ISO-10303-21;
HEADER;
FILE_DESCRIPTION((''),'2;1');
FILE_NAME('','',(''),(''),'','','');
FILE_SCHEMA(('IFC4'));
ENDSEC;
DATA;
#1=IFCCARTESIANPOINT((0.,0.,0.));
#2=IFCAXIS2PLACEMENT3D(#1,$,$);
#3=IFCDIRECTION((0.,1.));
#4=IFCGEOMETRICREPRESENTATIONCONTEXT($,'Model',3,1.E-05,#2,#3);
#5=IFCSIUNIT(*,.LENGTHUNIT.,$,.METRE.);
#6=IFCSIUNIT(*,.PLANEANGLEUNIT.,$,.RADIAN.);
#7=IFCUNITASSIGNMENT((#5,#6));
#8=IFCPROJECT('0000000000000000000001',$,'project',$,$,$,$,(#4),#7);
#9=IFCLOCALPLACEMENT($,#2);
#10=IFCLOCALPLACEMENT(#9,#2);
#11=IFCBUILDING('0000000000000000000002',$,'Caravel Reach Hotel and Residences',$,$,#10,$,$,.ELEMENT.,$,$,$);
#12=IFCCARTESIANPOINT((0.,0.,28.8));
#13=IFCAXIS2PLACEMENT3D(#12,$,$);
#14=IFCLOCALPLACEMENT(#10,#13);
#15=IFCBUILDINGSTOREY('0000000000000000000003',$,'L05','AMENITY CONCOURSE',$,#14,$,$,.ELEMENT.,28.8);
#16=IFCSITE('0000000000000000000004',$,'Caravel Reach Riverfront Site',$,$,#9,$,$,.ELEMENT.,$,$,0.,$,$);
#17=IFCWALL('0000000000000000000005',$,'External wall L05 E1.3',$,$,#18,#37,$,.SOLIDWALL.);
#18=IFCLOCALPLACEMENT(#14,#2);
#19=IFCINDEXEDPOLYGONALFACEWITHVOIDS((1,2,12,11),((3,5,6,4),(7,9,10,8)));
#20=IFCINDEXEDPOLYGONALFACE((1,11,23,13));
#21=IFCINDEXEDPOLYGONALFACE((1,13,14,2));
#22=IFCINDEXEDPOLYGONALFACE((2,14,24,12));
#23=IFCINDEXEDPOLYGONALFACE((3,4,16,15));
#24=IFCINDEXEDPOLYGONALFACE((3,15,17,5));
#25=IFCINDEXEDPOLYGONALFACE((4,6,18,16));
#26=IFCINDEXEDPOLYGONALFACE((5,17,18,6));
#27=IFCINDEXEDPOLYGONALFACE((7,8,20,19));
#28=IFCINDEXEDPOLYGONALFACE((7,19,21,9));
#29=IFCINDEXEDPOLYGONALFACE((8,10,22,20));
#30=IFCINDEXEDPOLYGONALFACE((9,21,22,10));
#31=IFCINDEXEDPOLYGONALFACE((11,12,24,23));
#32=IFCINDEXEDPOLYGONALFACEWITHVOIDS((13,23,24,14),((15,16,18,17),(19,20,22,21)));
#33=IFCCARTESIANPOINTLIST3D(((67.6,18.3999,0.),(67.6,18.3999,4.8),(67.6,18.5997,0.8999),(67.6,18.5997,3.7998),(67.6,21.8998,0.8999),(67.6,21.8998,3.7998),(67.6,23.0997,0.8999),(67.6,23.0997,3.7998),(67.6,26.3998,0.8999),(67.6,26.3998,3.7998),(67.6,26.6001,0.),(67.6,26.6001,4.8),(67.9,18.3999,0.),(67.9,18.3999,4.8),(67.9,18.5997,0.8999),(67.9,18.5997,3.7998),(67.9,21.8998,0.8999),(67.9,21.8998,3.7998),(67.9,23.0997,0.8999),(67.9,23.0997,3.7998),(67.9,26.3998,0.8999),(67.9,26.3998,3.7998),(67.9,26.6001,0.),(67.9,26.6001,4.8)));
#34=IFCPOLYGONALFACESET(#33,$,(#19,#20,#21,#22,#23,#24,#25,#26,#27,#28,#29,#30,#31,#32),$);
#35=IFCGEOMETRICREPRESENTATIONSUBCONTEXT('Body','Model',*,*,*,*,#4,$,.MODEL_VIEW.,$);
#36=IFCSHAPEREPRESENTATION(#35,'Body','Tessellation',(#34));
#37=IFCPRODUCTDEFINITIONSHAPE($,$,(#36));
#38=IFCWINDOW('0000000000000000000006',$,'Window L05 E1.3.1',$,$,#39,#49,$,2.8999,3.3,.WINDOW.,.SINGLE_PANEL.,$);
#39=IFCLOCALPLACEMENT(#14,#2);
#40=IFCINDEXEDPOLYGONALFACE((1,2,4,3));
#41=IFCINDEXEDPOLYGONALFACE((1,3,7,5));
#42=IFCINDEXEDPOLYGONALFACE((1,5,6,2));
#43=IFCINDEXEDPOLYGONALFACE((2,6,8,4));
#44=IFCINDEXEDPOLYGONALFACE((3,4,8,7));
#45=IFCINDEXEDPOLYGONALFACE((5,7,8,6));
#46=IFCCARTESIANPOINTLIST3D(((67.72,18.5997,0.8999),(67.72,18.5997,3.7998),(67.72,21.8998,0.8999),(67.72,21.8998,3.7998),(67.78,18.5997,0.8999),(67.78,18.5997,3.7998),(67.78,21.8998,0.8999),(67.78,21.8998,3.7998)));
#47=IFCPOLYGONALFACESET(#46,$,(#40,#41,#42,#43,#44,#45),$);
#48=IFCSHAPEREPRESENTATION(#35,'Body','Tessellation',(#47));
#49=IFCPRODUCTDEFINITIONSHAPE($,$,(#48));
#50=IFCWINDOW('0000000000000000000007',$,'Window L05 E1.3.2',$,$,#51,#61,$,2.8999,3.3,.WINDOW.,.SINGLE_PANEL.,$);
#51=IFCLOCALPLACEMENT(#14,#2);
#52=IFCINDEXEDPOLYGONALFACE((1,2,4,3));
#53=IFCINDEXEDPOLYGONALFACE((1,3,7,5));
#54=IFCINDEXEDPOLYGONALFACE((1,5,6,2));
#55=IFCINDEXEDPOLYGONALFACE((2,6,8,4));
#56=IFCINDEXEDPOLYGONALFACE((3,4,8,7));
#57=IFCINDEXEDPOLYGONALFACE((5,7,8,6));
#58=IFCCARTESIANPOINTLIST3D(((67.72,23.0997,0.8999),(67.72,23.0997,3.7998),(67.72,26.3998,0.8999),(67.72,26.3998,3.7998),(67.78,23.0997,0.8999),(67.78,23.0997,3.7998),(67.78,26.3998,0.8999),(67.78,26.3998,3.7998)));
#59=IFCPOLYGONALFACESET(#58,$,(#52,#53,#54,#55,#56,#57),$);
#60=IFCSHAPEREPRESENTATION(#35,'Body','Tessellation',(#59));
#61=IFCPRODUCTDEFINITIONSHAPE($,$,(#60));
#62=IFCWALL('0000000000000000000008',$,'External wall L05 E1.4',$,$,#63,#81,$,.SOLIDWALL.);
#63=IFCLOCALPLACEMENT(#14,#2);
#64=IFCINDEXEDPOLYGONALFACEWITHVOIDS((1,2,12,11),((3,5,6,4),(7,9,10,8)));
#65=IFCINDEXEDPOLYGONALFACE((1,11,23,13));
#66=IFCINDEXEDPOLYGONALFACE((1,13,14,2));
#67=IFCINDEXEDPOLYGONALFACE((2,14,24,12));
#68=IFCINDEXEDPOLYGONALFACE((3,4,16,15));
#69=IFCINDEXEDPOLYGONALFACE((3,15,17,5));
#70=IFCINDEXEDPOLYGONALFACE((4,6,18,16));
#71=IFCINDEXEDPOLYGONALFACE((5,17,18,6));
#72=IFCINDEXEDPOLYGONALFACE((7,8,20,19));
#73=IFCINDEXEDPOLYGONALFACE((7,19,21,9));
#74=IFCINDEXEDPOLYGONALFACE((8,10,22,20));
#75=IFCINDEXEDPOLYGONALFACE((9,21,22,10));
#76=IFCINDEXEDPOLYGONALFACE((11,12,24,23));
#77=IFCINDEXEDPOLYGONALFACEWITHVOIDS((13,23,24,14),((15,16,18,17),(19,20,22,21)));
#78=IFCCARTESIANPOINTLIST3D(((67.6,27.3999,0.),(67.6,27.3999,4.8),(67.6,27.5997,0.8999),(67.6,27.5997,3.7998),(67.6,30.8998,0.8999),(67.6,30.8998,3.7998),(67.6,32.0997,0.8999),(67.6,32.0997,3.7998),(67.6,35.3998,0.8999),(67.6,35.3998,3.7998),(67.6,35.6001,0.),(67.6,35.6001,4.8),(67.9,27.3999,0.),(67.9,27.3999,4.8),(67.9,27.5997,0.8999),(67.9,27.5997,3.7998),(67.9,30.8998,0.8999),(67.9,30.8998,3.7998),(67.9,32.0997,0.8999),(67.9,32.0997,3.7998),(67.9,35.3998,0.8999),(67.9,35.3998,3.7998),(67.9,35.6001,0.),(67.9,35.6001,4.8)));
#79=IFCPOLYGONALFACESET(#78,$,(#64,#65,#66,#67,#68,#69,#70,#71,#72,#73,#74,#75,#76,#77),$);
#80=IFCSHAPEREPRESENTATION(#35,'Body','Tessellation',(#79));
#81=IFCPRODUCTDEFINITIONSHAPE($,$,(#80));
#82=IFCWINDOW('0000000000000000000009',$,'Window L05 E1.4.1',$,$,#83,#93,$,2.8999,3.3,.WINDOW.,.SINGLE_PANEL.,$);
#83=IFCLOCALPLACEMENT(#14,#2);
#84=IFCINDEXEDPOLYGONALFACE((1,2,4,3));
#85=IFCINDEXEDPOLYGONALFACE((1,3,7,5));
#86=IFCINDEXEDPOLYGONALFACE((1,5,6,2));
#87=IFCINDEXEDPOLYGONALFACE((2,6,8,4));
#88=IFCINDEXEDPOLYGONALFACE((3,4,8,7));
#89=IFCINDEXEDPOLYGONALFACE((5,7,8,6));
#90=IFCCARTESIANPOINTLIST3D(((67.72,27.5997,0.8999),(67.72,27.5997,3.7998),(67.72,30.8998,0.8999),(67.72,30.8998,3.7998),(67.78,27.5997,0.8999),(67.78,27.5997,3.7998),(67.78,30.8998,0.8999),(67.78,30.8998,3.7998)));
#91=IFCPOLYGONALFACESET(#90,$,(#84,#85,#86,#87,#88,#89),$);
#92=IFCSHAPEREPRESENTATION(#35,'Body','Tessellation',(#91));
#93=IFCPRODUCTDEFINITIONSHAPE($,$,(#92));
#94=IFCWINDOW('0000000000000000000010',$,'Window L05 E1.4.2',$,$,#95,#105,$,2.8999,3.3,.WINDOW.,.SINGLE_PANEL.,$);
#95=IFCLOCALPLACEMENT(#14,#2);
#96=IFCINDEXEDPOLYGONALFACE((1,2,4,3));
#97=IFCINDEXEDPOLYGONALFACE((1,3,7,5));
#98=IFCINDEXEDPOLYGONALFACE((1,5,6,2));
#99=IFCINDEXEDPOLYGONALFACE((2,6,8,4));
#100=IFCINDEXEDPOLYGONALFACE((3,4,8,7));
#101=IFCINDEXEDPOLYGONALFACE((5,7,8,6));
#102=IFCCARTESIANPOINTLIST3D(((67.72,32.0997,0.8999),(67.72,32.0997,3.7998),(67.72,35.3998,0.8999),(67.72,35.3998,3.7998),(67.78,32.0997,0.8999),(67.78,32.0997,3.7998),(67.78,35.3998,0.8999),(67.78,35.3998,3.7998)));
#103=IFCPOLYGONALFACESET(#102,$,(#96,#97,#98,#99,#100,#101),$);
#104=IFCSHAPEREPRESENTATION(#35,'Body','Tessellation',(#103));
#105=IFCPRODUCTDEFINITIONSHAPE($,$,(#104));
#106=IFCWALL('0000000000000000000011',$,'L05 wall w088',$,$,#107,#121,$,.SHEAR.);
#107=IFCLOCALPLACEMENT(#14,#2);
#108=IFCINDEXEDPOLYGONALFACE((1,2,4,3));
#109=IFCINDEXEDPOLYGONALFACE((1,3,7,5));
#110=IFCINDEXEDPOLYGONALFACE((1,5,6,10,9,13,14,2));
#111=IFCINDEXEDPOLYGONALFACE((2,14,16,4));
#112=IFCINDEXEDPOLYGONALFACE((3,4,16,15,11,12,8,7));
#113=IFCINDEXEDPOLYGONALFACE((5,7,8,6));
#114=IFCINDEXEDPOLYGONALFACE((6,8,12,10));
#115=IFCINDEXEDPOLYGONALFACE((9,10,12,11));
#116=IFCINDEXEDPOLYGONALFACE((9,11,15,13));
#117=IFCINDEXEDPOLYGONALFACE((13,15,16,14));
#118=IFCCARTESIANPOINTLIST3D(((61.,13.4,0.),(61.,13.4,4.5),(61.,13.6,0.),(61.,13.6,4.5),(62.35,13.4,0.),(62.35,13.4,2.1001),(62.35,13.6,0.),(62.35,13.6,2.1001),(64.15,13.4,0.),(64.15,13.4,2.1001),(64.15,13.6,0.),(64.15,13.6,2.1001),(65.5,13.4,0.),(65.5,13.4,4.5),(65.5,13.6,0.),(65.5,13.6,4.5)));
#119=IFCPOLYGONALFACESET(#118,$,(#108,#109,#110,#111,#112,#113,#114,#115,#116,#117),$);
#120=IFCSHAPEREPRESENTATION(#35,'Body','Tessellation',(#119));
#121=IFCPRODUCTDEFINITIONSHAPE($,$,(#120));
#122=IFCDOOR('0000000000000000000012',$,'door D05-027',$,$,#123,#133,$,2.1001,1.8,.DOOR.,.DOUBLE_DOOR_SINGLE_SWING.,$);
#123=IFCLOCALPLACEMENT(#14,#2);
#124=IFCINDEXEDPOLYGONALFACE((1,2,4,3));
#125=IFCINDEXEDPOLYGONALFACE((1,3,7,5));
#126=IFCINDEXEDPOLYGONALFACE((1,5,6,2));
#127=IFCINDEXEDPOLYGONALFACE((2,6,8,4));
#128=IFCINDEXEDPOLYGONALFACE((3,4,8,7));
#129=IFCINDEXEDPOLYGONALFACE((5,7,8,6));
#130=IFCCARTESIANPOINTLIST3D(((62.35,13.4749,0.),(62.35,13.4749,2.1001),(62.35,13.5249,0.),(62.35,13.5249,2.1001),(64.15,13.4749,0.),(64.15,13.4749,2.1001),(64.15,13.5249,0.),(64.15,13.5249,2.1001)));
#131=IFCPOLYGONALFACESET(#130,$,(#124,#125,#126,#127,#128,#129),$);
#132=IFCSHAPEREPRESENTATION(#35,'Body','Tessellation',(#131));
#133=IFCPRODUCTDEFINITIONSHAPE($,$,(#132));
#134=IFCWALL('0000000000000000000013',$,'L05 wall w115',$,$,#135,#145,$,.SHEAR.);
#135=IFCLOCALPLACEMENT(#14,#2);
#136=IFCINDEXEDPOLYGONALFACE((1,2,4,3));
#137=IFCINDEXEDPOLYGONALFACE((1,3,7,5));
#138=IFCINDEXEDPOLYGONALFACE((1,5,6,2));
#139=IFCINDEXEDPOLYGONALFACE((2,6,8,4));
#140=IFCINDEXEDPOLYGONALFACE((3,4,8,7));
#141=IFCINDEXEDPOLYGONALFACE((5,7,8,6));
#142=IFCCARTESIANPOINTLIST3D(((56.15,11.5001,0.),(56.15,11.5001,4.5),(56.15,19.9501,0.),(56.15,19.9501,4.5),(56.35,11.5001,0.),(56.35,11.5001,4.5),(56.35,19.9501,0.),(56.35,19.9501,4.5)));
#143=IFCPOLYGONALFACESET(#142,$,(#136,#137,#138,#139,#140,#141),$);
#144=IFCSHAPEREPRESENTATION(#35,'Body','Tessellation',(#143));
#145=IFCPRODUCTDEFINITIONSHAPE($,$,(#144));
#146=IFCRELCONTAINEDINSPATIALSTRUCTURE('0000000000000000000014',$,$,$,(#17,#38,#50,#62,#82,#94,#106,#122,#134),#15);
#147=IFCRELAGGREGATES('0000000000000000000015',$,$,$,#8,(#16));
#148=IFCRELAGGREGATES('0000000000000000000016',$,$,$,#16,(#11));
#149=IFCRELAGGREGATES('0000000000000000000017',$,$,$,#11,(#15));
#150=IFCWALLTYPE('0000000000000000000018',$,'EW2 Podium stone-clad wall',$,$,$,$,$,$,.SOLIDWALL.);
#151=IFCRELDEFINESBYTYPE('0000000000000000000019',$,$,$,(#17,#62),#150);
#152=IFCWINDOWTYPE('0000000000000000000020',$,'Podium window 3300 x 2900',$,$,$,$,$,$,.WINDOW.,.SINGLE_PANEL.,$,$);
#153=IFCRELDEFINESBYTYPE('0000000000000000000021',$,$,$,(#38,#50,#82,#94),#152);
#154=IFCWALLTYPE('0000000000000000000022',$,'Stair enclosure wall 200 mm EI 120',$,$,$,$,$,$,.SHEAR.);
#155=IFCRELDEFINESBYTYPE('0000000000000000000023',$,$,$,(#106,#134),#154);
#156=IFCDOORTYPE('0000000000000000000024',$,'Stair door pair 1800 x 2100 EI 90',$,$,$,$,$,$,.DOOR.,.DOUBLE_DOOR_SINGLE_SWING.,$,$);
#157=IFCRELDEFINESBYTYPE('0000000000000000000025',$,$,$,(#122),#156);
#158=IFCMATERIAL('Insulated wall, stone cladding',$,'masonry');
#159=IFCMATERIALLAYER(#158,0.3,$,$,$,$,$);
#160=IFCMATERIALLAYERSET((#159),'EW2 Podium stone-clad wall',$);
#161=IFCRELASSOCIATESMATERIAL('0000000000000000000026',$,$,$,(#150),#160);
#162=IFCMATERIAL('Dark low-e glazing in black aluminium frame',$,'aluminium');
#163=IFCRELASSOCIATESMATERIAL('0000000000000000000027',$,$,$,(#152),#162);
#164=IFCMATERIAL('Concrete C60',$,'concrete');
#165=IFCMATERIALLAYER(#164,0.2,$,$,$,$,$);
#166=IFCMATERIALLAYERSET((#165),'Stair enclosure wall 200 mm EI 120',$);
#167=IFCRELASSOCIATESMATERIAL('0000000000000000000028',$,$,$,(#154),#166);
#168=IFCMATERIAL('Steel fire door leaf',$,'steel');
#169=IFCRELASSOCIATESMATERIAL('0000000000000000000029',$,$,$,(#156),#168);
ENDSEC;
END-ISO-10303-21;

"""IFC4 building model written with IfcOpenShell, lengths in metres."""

from ifc_helpers import new_model, si_unit, direction, frame, frame_2d, origin, place, context, subcontext, project, spatial, rectangle, extrude, material, layer, layer_set, type_object, element, fill, save


model = new_model("IFC4")

# Units and contexts
model_context = context("Model", 3, precision=1e-05, world=origin(), true_north=direction((0.0, 1.0)))
body_context = subcontext(model_context, "Body", "Model", "MODEL_VIEW")
ifc_project = project(units=[si_unit("LENGTHUNIT", "METRE"), si_unit("PLANEANGLEUNIT", "RADIAN")], contexts=[model_context])

# Site, building, storey
site_placement = place(None, origin())
site = spatial("IfcSite", under=ifc_project, at=site_placement, Name="Caravel Reach Riverfront Site", CompositionType="ELEMENT", RefElevation=0.0)
building_placement = place(site_placement, origin())
building = spatial("IfcBuilding", under=site, at=building_placement, Name="Caravel Reach Hotel and Residences", CompositionType="ELEMENT")
storey_placement = place(building_placement, frame((0.0, 0.0, 28.8)))
storey = spatial("IfcBuildingStorey", under=building, at=storey_placement, Name="L05", Description="AMENITY CONCOURSE", CompositionType="ELEMENT", Elevation=28.8)

# Walls, openings, windows
ifc_material_1 = material(Name="Insulated wall, stone cladding", Category="masonry")
ifc_layer_1 = layer(ifc_material_1, 0.3)
ifc_layer_set_1 = layer_set([ifc_layer_1], Name="EW2 Podium stone-clad wall")
wall_type_1 = type_object("IfcWallType", Name="EW2 Podium stone-clad wall", PredefinedType="SOLIDWALL", material=ifc_layer_set_1)
wall_1_placement = place(storey_placement, frame((67.75, 18.3999, 0.0), z_axis=(0.0, 0.0, 1.0), x_axis=(0.0, 1.0, 0.0)))
wall_1 = element("IfcWall", 1, at=wall_1_placement, inside=storey, type_object=wall_type_1, Name="External wall L05 E1.3", PredefinedType="SOLIDWALL", context=body_context, shape_type="SweptSolid", body=[
    extrude(rectangle(XDim=8.2002, YDim=0.3, at=frame_2d((4.1001, 0.0))), origin(), (0.0, 0.0, 1.0), 4.8),
])
opening_1_placement = place(wall_1_placement, frame((0.2, 0.0, 0.8999)))
opening_1 = element("IfcOpeningElement", 2, at=opening_1_placement, cuts=wall_1, PredefinedType="OPENING", context=body_context, shape_type="SweptSolid", body=[
    extrude(rectangle(XDim=3.3, YDim=2.8999, at=frame_2d((1.6499, 1.45))), frame((0.0, 0.1599, 0.0), z_axis=(0.0, -1.0, 0.0), x_axis=(1.0, 0.0, 0.0)), (0.0, 0.0, 1.0), 0.3201),
])
opening_2_placement = place(wall_1_placement, frame((4.7, 0.0, 0.8999)))
opening_2 = element("IfcOpeningElement", 3, at=opening_2_placement, cuts=wall_1, PredefinedType="OPENING", context=body_context, shape_type="SweptSolid", body=[
    extrude(rectangle(XDim=3.3, YDim=2.8999, at=frame_2d((1.6499, 1.45))), frame((0.0, 0.1599, 0.0), z_axis=(0.0, -1.0, 0.0), x_axis=(1.0, 0.0, 0.0)), (0.0, 0.0, 1.0), 0.3201),
])
ifc_material_2 = material(Name="Dark low-e glazing in black aluminium frame", Category="aluminium")
window_type = type_object("IfcWindowType", Name="Podium window 3300 x 2900", PartitioningType="SINGLE_PANEL", PredefinedType="WINDOW", material=ifc_material_2)
window_1_placement = place(opening_1_placement, origin())
window_1 = element("IfcWindow", 4, at=window_1_placement, inside=storey, type_object=window_type, Name="Window L05 E1.3.1", OverallHeight=2.8999, OverallWidth=3.3, PartitioningType="SINGLE_PANEL", PredefinedType="WINDOW", context=body_context, shape_type="SweptSolid", body=[
    extrude(rectangle(XDim=3.3, YDim=2.8999, at=frame_2d((1.6499, 1.45))), frame((0.0, 0.03, 0.0), z_axis=(0.0, -1.0, 0.0), x_axis=(1.0, 0.0, 0.0)), (0.0, 0.0, 1.0), 0.0601),
])
fill(opening_1, window_1)
window_2_placement = place(opening_2_placement, origin())
window_2 = element("IfcWindow", 5, at=window_2_placement, inside=storey, type_object=window_type, Name="Window L05 E1.3.2", OverallHeight=2.8999, OverallWidth=3.3, PartitioningType="SINGLE_PANEL", PredefinedType="WINDOW", context=body_context, shape_type="SweptSolid", body=[
    extrude(rectangle(XDim=3.3, YDim=2.8999, at=frame_2d((1.6499, 1.45))), frame((0.0, 0.03, 0.0), z_axis=(0.0, -1.0, 0.0), x_axis=(1.0, 0.0, 0.0)), (0.0, 0.0, 1.0), 0.0601),
])
fill(opening_2, window_2)
wall_2_placement = place(storey_placement, frame((67.75, 27.3999, 0.0), z_axis=(0.0, 0.0, 1.0), x_axis=(0.0, 1.0, 0.0)))
wall_2 = element("IfcWall", 6, at=wall_2_placement, inside=storey, type_object=wall_type_1, Name="External wall L05 E1.4", PredefinedType="SOLIDWALL", context=body_context, shape_type="SweptSolid", body=[
    extrude(rectangle(XDim=8.2002, YDim=0.3, at=frame_2d((4.1001, 0.0))), origin(), (0.0, 0.0, 1.0), 4.8),
])
opening_3_placement = place(wall_2_placement, frame((0.2, 0.0, 0.8999)))
opening_3 = element("IfcOpeningElement", 7, at=opening_3_placement, cuts=wall_2, PredefinedType="OPENING", context=body_context, shape_type="SweptSolid", body=[
    extrude(rectangle(XDim=3.3, YDim=2.8999, at=frame_2d((1.6499, 1.45))), frame((0.0, 0.1599, 0.0), z_axis=(0.0, -1.0, 0.0), x_axis=(1.0, 0.0, 0.0)), (0.0, 0.0, 1.0), 0.3201),
])
opening_4_placement = place(wall_2_placement, frame((4.7, 0.0, 0.8999)))
opening_4 = element("IfcOpeningElement", 8, at=opening_4_placement, cuts=wall_2, PredefinedType="OPENING", context=body_context, shape_type="SweptSolid", body=[
    extrude(rectangle(XDim=3.3, YDim=2.8999, at=frame_2d((1.6499, 1.45))), frame((0.0, 0.1599, 0.0), z_axis=(0.0, -1.0, 0.0), x_axis=(1.0, 0.0, 0.0)), (0.0, 0.0, 1.0), 0.3201),
])
window_3_placement = place(opening_3_placement, origin())
window_3 = element("IfcWindow", 9, at=window_3_placement, inside=storey, type_object=window_type, Name="Window L05 E1.4.1", OverallHeight=2.8999, OverallWidth=3.3, PartitioningType="SINGLE_PANEL", PredefinedType="WINDOW", context=body_context, shape_type="SweptSolid", body=[
    extrude(rectangle(XDim=3.3, YDim=2.8999, at=frame_2d((1.6499, 1.45))), frame((0.0, 0.03, 0.0), z_axis=(0.0, -1.0, 0.0), x_axis=(1.0, 0.0, 0.0)), (0.0, 0.0, 1.0), 0.0601),
])
fill(opening_3, window_3)
window_4_placement = place(opening_4_placement, origin())
window_4 = element("IfcWindow", 10, at=window_4_placement, inside=storey, type_object=window_type, Name="Window L05 E1.4.2", OverallHeight=2.8999, OverallWidth=3.3, PartitioningType="SINGLE_PANEL", PredefinedType="WINDOW", context=body_context, shape_type="SweptSolid", body=[
    extrude(rectangle(XDim=3.3, YDim=2.8999, at=frame_2d((1.6499, 1.45))), frame((0.0, 0.03, 0.0), z_axis=(0.0, -1.0, 0.0), x_axis=(1.0, 0.0, 0.0)), (0.0, 0.0, 1.0), 0.0601),
])
fill(opening_4, window_4)

# Wall, opening, door
ifc_material_3 = material(Name="Concrete C60", Category="concrete")
ifc_layer_2 = layer(ifc_material_3, 0.2)
ifc_layer_set_2 = layer_set([ifc_layer_2], Name="Stair enclosure wall 200 mm EI 120")
wall_type_2 = type_object("IfcWallType", Name="Stair enclosure wall 200 mm EI 120", PredefinedType="SHEAR", material=ifc_layer_set_2)
wall_3_placement = place(storey_placement, frame((61.0, 13.5, 0.0), z_axis=(0.0, 0.0, 1.0), x_axis=(1.0, 0.0, 0.0)))
wall_3 = element("IfcWall", 11, at=wall_3_placement, inside=storey, type_object=wall_type_2, Name="L05 wall w088", PredefinedType="SHEAR", context=body_context, shape_type="SweptSolid", body=[
    extrude(rectangle(XDim=4.5, YDim=0.2, at=frame_2d((2.25, 0.0))), origin(), (0.0, 0.0, 1.0), 4.5),
])
opening_5_placement = place(wall_3_placement, frame((1.3501, 0.0, 0.0)))
opening_5 = element("IfcOpeningElement", 12, at=opening_5_placement, cuts=wall_3, PredefinedType="OPENING", context=body_context, shape_type="SweptSolid", body=[
    extrude(rectangle(XDim=1.8, YDim=2.1001, at=frame_2d((0.8999, 1.05))), frame((0.0, 0.1099, 0.0), z_axis=(0.0, -1.0, 0.0), x_axis=(1.0, 0.0, 0.0)), (0.0, 0.0, 1.0), 0.22),
])
ifc_material_4 = material(Name="Steel fire door leaf", Category="steel")
door_type_1 = type_object("IfcDoorType", Name="Stair door pair 1800 x 2100 EI 90", OperationType="DOUBLE_DOOR_SINGLE_SWING", PredefinedType="DOOR", material=ifc_material_4)
door_1_placement = place(opening_5_placement, origin())
door_1 = element("IfcDoor", 13, at=door_1_placement, inside=storey, type_object=door_type_1, Name="door D05-027", OperationType="DOUBLE_DOOR_SINGLE_SWING", OverallHeight=2.1001, OverallWidth=1.8, PredefinedType="DOOR", context=body_context, shape_type="SweptSolid", body=[
    extrude(rectangle(XDim=1.8, YDim=2.1001, at=frame_2d((0.8999, 1.05))), frame((0.0, 0.0249, 0.0), z_axis=(0.0, -1.0, 0.0), x_axis=(1.0, 0.0, 0.0)), (0.0, 0.0, 1.0), 0.05),
])
fill(opening_5, door_1)

# Wall
wall_4_placement = place(storey_placement, frame((56.25, 11.5, 0.0), z_axis=(0.0, 0.0, 1.0), x_axis=(0.0, 1.0, 0.0)))
element("IfcWall", 14, at=wall_4_placement, inside=storey, type_object=wall_type_2, Name="L05 wall w115", PredefinedType="SHEAR", context=body_context, shape_type="SweptSolid", body=[
    extrude(rectangle(XDim=8.45, YDim=0.2, at=frame_2d((4.2251, 0.0))), origin(), (0.0, 0.0, 1.0), 4.5),
])

save(model, "model.ifc")
